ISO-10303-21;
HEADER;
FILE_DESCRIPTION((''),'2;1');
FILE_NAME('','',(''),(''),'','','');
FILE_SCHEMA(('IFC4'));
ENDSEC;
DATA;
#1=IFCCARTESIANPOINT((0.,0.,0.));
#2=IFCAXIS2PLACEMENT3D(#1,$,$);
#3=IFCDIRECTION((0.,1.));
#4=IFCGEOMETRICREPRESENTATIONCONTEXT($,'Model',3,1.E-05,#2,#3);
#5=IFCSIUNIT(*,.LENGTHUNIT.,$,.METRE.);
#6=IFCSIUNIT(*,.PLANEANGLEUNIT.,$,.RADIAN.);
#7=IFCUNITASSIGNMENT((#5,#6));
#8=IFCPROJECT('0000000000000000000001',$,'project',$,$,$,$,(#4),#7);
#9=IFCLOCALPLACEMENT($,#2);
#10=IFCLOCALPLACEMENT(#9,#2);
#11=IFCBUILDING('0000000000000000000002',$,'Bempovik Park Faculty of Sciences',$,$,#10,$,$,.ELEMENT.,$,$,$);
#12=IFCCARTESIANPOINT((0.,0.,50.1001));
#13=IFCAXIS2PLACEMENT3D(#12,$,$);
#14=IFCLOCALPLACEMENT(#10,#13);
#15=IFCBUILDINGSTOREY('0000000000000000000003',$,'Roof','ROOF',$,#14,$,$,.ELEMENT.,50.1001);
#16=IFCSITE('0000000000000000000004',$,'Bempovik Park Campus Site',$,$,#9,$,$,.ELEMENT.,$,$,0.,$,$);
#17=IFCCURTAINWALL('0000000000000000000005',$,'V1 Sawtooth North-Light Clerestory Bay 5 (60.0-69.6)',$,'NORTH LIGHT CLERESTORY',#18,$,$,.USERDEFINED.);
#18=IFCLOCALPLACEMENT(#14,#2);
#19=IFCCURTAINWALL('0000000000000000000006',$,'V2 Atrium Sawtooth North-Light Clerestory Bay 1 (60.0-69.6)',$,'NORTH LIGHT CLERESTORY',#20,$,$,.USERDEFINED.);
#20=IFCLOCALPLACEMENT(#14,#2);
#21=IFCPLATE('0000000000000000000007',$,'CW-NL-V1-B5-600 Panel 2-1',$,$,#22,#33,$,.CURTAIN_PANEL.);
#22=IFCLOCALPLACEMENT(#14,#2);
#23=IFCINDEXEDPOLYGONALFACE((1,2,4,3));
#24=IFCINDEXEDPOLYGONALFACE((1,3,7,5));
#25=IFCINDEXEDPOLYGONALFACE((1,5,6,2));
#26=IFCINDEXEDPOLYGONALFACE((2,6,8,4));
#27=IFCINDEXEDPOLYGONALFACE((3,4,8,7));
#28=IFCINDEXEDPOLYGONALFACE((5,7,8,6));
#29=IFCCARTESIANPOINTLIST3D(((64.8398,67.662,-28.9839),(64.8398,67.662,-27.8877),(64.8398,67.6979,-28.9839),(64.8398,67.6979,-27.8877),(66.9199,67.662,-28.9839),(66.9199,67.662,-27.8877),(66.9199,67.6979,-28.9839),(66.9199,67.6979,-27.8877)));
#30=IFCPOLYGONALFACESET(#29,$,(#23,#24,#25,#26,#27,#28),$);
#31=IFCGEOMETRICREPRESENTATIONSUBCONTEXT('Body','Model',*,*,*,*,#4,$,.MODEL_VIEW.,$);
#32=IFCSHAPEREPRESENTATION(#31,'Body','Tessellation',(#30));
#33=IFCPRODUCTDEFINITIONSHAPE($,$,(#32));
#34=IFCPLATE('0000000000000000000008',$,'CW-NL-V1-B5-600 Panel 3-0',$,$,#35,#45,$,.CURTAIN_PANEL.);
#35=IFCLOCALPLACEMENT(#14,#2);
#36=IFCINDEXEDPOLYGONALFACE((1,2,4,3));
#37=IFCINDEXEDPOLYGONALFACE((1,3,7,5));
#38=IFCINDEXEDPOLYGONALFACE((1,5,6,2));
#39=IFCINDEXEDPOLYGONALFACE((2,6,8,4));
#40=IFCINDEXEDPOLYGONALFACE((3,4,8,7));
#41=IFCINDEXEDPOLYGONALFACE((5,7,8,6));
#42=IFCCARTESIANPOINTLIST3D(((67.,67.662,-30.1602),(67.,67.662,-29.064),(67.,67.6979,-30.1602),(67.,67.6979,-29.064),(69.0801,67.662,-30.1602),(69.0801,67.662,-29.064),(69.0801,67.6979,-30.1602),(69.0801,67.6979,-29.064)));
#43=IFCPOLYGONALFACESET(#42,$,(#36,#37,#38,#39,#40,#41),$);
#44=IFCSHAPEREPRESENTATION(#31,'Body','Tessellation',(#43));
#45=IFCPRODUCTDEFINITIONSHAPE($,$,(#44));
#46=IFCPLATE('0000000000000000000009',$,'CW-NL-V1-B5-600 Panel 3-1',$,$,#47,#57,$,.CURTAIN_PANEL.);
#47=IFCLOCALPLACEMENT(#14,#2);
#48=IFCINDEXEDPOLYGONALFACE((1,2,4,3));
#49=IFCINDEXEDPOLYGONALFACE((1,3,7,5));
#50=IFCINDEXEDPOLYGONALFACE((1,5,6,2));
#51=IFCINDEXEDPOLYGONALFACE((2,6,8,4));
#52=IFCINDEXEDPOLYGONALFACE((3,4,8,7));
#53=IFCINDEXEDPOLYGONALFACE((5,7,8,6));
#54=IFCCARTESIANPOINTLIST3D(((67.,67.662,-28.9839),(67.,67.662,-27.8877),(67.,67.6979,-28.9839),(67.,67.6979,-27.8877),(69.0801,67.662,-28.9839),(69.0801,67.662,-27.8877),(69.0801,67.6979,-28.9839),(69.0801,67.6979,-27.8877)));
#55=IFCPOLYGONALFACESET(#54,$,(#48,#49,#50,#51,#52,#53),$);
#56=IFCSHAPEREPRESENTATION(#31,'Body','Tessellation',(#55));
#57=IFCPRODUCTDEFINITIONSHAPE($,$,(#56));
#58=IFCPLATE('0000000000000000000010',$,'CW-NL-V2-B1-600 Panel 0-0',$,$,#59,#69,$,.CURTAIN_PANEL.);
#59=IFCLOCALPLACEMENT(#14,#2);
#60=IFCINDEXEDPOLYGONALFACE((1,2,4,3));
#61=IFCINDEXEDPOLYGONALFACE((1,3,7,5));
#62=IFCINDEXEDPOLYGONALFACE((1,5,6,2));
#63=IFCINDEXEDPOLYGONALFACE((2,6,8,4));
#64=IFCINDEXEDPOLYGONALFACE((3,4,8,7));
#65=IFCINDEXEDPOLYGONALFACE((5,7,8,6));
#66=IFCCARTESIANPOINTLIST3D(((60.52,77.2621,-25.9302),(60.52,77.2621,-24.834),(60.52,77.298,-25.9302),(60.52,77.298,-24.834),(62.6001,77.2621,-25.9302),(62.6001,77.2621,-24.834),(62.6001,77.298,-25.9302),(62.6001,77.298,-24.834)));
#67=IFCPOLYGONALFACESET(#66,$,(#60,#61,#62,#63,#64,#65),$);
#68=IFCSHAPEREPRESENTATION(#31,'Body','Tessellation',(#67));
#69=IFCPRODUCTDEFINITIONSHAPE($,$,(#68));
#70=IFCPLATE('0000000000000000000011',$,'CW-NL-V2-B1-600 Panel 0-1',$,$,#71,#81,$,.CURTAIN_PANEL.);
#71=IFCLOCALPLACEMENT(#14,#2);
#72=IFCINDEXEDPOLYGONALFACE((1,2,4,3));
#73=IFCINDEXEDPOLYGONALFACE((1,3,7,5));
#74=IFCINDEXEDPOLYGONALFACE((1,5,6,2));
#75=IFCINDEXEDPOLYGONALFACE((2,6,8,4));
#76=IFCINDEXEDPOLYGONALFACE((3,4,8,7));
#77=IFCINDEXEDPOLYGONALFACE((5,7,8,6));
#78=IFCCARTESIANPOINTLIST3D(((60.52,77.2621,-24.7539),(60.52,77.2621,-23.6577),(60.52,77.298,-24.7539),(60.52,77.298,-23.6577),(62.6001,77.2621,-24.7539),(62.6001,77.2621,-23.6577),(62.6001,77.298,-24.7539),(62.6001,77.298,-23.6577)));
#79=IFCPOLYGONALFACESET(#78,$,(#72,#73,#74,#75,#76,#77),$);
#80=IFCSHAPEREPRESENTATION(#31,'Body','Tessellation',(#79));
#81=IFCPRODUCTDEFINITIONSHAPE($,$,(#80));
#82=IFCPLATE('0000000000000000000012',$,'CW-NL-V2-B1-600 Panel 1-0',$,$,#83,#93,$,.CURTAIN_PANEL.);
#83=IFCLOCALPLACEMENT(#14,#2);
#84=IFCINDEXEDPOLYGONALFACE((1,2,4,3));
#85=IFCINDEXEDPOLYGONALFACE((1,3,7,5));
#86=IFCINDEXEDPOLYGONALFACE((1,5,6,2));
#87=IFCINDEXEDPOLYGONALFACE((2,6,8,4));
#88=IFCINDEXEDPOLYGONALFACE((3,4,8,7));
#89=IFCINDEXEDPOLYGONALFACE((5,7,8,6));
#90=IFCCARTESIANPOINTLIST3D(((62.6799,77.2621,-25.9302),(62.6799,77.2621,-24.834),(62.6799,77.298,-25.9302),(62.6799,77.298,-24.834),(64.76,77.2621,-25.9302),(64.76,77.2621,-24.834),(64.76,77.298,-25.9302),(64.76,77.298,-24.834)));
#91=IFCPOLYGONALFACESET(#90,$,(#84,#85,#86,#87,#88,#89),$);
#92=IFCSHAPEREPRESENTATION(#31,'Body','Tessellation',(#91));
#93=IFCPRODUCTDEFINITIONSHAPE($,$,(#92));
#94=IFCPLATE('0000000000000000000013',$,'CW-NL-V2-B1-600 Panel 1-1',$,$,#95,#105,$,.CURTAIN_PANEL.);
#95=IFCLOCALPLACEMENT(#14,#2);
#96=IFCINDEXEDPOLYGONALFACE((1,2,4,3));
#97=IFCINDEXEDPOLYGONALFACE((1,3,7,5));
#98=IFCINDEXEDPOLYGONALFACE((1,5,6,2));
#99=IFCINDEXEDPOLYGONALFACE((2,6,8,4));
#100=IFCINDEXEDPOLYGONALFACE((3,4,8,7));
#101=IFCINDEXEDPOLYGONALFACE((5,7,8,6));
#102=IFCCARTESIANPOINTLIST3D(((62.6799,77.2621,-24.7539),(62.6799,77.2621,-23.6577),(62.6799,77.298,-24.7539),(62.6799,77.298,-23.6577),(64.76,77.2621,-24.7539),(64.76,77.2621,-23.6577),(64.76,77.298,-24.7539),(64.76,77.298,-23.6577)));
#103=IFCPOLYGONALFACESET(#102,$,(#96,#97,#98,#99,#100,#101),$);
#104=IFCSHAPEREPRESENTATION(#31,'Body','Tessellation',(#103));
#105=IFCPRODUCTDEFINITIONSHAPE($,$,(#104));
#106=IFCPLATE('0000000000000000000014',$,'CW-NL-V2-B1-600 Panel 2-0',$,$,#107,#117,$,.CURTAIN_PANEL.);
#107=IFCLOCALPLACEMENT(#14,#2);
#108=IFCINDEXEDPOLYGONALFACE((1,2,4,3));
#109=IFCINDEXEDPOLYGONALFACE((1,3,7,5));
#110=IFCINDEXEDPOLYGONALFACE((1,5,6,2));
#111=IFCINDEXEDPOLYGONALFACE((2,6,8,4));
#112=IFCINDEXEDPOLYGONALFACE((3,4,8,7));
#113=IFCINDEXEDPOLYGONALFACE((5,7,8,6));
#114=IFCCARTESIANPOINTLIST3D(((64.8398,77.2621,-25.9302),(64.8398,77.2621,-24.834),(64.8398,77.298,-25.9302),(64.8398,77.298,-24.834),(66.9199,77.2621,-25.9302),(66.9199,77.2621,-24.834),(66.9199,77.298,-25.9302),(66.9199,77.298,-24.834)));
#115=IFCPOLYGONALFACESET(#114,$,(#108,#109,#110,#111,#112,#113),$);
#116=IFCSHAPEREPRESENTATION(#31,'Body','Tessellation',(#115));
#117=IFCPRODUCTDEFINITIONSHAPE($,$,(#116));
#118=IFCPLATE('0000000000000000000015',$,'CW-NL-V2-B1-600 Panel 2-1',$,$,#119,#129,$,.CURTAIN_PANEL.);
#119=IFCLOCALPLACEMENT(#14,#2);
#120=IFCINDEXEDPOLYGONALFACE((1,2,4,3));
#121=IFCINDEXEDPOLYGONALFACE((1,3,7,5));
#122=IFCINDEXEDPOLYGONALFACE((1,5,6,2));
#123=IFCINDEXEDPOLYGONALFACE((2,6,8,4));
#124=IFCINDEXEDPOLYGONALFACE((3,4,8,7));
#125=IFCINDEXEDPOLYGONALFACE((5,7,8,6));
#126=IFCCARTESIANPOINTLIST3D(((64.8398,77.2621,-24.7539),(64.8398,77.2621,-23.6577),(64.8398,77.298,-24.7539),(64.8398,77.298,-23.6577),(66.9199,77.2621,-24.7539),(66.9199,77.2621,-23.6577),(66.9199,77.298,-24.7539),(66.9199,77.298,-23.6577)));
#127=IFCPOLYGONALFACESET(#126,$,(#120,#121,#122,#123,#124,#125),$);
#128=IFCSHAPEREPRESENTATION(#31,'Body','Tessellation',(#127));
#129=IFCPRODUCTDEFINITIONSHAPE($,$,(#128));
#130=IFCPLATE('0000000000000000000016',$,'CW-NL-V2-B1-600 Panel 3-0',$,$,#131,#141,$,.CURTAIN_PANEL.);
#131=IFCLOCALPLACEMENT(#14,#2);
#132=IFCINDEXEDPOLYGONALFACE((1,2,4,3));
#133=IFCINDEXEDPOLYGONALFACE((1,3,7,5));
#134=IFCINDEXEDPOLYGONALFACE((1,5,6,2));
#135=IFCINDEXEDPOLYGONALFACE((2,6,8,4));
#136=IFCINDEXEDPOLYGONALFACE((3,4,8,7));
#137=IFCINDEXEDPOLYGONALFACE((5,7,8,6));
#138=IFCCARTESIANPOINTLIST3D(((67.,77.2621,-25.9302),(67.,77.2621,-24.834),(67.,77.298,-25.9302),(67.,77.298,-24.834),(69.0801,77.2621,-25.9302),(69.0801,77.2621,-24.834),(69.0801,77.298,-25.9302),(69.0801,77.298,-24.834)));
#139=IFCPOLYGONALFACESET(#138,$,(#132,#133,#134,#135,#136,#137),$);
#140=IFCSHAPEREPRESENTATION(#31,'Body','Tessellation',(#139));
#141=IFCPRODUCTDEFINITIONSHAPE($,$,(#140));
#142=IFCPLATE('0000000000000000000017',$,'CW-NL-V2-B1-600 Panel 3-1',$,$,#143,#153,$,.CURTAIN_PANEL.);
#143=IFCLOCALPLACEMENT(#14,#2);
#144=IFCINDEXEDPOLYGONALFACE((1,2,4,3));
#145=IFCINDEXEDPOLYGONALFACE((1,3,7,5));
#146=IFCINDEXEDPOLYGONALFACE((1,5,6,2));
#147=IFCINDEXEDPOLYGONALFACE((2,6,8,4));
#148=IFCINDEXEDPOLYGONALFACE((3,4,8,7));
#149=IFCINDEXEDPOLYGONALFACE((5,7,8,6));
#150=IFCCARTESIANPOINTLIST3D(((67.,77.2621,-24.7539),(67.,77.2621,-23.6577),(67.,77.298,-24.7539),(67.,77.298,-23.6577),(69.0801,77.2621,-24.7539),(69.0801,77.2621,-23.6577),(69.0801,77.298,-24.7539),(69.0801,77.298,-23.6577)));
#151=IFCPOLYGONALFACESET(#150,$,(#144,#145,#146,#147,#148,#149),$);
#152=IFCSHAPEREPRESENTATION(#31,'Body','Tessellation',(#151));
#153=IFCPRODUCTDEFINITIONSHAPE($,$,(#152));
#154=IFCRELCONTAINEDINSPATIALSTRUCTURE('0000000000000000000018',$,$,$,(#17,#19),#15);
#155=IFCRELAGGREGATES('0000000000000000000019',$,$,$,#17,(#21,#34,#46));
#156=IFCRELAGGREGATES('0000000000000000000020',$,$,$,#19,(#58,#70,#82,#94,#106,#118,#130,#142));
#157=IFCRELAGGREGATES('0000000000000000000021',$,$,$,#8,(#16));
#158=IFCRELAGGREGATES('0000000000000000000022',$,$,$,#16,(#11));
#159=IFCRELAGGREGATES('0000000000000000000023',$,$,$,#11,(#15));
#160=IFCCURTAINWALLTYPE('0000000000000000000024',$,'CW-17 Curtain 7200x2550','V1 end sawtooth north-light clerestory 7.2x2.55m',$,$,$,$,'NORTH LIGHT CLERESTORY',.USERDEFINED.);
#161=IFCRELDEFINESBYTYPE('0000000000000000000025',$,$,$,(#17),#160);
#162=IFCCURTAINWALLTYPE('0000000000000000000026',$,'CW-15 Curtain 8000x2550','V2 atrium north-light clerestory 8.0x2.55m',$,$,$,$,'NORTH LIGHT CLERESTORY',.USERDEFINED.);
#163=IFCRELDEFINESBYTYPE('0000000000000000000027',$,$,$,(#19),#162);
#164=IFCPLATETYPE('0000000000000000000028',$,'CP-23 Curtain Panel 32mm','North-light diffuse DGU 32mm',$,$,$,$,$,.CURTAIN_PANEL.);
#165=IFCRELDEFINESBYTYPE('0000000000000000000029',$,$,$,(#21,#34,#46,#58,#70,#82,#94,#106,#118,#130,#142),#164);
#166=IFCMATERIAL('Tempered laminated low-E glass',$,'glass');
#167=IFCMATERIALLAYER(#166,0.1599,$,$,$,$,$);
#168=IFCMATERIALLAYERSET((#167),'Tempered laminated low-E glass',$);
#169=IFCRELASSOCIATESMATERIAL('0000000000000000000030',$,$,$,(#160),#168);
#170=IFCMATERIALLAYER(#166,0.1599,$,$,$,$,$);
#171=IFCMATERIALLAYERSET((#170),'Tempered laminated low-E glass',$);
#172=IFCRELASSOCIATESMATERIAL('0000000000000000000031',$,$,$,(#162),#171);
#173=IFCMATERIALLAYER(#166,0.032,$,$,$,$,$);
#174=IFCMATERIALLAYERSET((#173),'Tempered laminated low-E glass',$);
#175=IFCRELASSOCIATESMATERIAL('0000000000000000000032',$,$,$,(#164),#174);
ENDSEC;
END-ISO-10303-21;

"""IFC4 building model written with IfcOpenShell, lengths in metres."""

from ifc_helpers import new_model, si_unit, direction, frame, origin, origin_2d, place, context, subcontext, project, spatial, rectangle, extrude, material, layer, layer_set, type_object, element, aggregate, save


model = new_model("IFC4")

# Units and contexts
model_context = context("Model", 3, precision=1e-05, world=origin(), true_north=direction((0.0, 1.0)))
body_context = subcontext(model_context, "Body", "Model", "MODEL_VIEW")
ifc_project = project(units=[si_unit("LENGTHUNIT", "METRE"), si_unit("PLANEANGLEUNIT", "RADIAN")], contexts=[model_context])

# Site, building, storey
site_placement = place(None, origin())
site = spatial("IfcSite", under=ifc_project, at=site_placement, Name="Bempovik Park Campus Site", CompositionType="ELEMENT", RefElevation=0.0)
building_placement = place(site_placement, origin())
building = spatial("IfcBuilding", under=site, at=building_placement, Name="Bempovik Park Faculty of Sciences", CompositionType="ELEMENT")
storey_placement = place(building_placement, frame((0.0, 0.0, 50.1001)))
storey = spatial("IfcBuildingStorey", under=building, at=storey_placement, Name="Roof", Description="ROOF", CompositionType="ELEMENT", Elevation=50.1001)

# Curtain wall
ifc_material_1 = material(Name="Tempered laminated low-E glass", Category="glass")
ifc_layer_1 = layer(ifc_material_1, 0.1599)
ifc_layer_set_1 = layer_set([ifc_layer_1], Name="Tempered laminated low-E glass")
curtain_wall_type_1 = type_object("IfcCurtainWallType", Name="CW-17 Curtain 7200x2550", Description="V1 end sawtooth north-light clerestory 7.2x2.55m", ElementType="NORTH LIGHT CLERESTORY", PredefinedType="USERDEFINED", material=ifc_layer_set_1)
curtain_wall_1_placement = place(storey_placement, origin())
curtain_wall_1 = element("IfcCurtainWall", 1, at=curtain_wall_1_placement, inside=storey, type_object=curtain_wall_type_1, Name="V1 Sawtooth North-Light Clerestory Bay 5 (60.0-69.6)", ObjectType="NORTH LIGHT CLERESTORY", PredefinedType="USERDEFINED")

# Curtain wall
ifc_layer_2 = layer(ifc_material_1, 0.1599)
ifc_layer_set_2 = layer_set([ifc_layer_2], Name="Tempered laminated low-E glass")
curtain_wall_type_2 = type_object("IfcCurtainWallType", Name="CW-15 Curtain 8000x2550", Description="V2 atrium north-light clerestory 8.0x2.55m", ElementType="NORTH LIGHT CLERESTORY", PredefinedType="USERDEFINED", material=ifc_layer_set_2)
curtain_wall_2_placement = place(storey_placement, origin())
curtain_wall_2 = element("IfcCurtainWall", 2, at=curtain_wall_2_placement, inside=storey, type_object=curtain_wall_type_2, Name="V2 Atrium Sawtooth North-Light Clerestory Bay 1 (60.0-69.6)", ObjectType="NORTH LIGHT CLERESTORY", PredefinedType="USERDEFINED")

# Plates
ifc_layer_3 = layer(ifc_material_1, 0.032)
ifc_layer_set_3 = layer_set([ifc_layer_3], Name="Tempered laminated low-E glass")
plate_type = type_object("IfcPlateType", Name="CP-23 Curtain Panel 32mm", Description="North-light diffuse DGU 32mm", PredefinedType="CURTAIN_PANEL", material=ifc_layer_set_3)
plate_1_placement = place(storey_placement, frame((65.8799, 67.6799, -28.9839), z_axis=(0.0, 0.0, 1.0), x_axis=(1.0, 0.0, 0.0)))
plate_1 = element("IfcPlate", 3, at=plate_1_placement, type_object=plate_type, Name="CW-NL-V1-B5-600 Panel 2-1", PredefinedType="CURTAIN_PANEL", context=body_context, shape_type="SweptSolid", body=[
    extrude(rectangle(XDim=2.0801, YDim=0.0359, at=origin_2d()), origin(), (0.0, 0.0, 1.0), 1.0962),
])
plate_2_placement = place(storey_placement, frame((68.04, 67.6799, -30.1602), z_axis=(0.0, 0.0, 1.0), x_axis=(1.0, 0.0, 0.0)))
plate_2 = element("IfcPlate", 4, at=plate_2_placement, type_object=plate_type, Name="CW-NL-V1-B5-600 Panel 3-0", PredefinedType="CURTAIN_PANEL", context=body_context, shape_type="SweptSolid", body=[
    extrude(rectangle(XDim=2.0801, YDim=0.0359, at=origin_2d()), origin(), (0.0, 0.0, 1.0), 1.0962),
])
plate_3_placement = place(storey_placement, frame((68.04, 67.6799, -28.9839), z_axis=(0.0, 0.0, 1.0), x_axis=(1.0, 0.0, 0.0)))
plate_3 = element("IfcPlate", 5, at=plate_3_placement, type_object=plate_type, Name="CW-NL-V1-B5-600 Panel 3-1", PredefinedType="CURTAIN_PANEL", context=body_context, shape_type="SweptSolid", body=[
    extrude(rectangle(XDim=2.0801, YDim=0.0359, at=origin_2d()), origin(), (0.0, 0.0, 1.0), 1.0962),
])
aggregate(curtain_wall_1, [plate_1, plate_2, plate_3])
plate_4_placement = place(storey_placement, frame((61.5601, 77.28, -25.9302), z_axis=(0.0, 0.0, 1.0), x_axis=(1.0, 0.0, 0.0)))
plate_4 = element("IfcPlate", 6, at=plate_4_placement, type_object=plate_type, Name="CW-NL-V2-B1-600 Panel 0-0", PredefinedType="CURTAIN_PANEL", context=body_context, shape_type="SweptSolid", body=[
    extrude(rectangle(XDim=2.0801, YDim=0.0359, at=origin_2d()), origin(), (0.0, 0.0, 1.0), 1.0962),
])
plate_5_placement = place(storey_placement, frame((61.5601, 77.28, -24.7539), z_axis=(0.0, 0.0, 1.0), x_axis=(1.0, 0.0, 0.0)))
plate_5 = element("IfcPlate", 7, at=plate_5_placement, type_object=plate_type, Name="CW-NL-V2-B1-600 Panel 0-1", PredefinedType="CURTAIN_PANEL", context=body_context, shape_type="SweptSolid", body=[
    extrude(rectangle(XDim=2.0801, YDim=0.0359, at=origin_2d()), origin(), (0.0, 0.0, 1.0), 1.0962),
])
plate_6_placement = place(storey_placement, frame((63.72, 77.28, -25.9302), z_axis=(0.0, 0.0, 1.0), x_axis=(1.0, 0.0, 0.0)))
plate_6 = element("IfcPlate", 8, at=plate_6_placement, type_object=plate_type, Name="CW-NL-V2-B1-600 Panel 1-0", PredefinedType="CURTAIN_PANEL", context=body_context, shape_type="SweptSolid", body=[
    extrude(rectangle(XDim=2.0801, YDim=0.0359, at=origin_2d()), origin(), (0.0, 0.0, 1.0), 1.0962),
])
plate_7_placement = place(storey_placement, frame((63.72, 77.28, -24.7539), z_axis=(0.0, 0.0, 1.0), x_axis=(1.0, 0.0, 0.0)))
plate_7 = element("IfcPlate", 9, at=plate_7_placement, type_object=plate_type, Name="CW-NL-V2-B1-600 Panel 1-1", PredefinedType="CURTAIN_PANEL", context=body_context, shape_type="SweptSolid", body=[
    extrude(rectangle(XDim=2.0801, YDim=0.0359, at=origin_2d()), origin(), (0.0, 0.0, 1.0), 1.0962),
])
plate_8_placement = place(storey_placement, frame((65.8799, 77.28, -25.9302), z_axis=(0.0, 0.0, 1.0), x_axis=(1.0, 0.0, 0.0)))
plate_8 = element("IfcPlate", 10, at=plate_8_placement, type_object=plate_type, Name="CW-NL-V2-B1-600 Panel 2-0", PredefinedType="CURTAIN_PANEL", context=body_context, shape_type="SweptSolid", body=[
    extrude(rectangle(XDim=2.0801, YDim=0.0359, at=origin_2d()), origin(), (0.0, 0.0, 1.0), 1.0962),
])
plate_9_placement = place(storey_placement, frame((65.8799, 77.28, -24.7539), z_axis=(0.0, 0.0, 1.0), x_axis=(1.0, 0.0, 0.0)))
plate_9 = element("IfcPlate", 11, at=plate_9_placement, type_object=plate_type, Name="CW-NL-V2-B1-600 Panel 2-1", PredefinedType="CURTAIN_PANEL", context=body_context, shape_type="SweptSolid", body=[
    extrude(rectangle(XDim=2.0801, YDim=0.0359, at=origin_2d()), origin(), (0.0, 0.0, 1.0), 1.0962),
])
plate_10_placement = place(storey_placement, frame((68.04, 77.28, -25.9302), z_axis=(0.0, 0.0, 1.0), x_axis=(1.0, 0.0, 0.0)))
plate_10 = element("IfcPlate", 12, at=plate_10_placement, type_object=plate_type, Name="CW-NL-V2-B1-600 Panel 3-0", PredefinedType="CURTAIN_PANEL", context=body_context, shape_type="SweptSolid", body=[
    extrude(rectangle(XDim=2.0801, YDim=0.0359, at=origin_2d()), origin(), (0.0, 0.0, 1.0), 1.0962),
])
plate_11_placement = place(storey_placement, frame((68.04, 77.28, -24.7539), z_axis=(0.0, 0.0, 1.0), x_axis=(1.0, 0.0, 0.0)))
plate_11 = element("IfcPlate", 13, at=plate_11_placement, type_object=plate_type, Name="CW-NL-V2-B1-600 Panel 3-1", PredefinedType="CURTAIN_PANEL", context=body_context, shape_type="SweptSolid", body=[
    extrude(rectangle(XDim=2.0801, YDim=0.0359, at=origin_2d()), origin(), (0.0, 0.0, 1.0), 1.0962),
])
aggregate(curtain_wall_2, [plate_4, plate_5, plate_6, plate_7, plate_8, plate_9, plate_10, plate_11])

save(model, "model.ifc")
